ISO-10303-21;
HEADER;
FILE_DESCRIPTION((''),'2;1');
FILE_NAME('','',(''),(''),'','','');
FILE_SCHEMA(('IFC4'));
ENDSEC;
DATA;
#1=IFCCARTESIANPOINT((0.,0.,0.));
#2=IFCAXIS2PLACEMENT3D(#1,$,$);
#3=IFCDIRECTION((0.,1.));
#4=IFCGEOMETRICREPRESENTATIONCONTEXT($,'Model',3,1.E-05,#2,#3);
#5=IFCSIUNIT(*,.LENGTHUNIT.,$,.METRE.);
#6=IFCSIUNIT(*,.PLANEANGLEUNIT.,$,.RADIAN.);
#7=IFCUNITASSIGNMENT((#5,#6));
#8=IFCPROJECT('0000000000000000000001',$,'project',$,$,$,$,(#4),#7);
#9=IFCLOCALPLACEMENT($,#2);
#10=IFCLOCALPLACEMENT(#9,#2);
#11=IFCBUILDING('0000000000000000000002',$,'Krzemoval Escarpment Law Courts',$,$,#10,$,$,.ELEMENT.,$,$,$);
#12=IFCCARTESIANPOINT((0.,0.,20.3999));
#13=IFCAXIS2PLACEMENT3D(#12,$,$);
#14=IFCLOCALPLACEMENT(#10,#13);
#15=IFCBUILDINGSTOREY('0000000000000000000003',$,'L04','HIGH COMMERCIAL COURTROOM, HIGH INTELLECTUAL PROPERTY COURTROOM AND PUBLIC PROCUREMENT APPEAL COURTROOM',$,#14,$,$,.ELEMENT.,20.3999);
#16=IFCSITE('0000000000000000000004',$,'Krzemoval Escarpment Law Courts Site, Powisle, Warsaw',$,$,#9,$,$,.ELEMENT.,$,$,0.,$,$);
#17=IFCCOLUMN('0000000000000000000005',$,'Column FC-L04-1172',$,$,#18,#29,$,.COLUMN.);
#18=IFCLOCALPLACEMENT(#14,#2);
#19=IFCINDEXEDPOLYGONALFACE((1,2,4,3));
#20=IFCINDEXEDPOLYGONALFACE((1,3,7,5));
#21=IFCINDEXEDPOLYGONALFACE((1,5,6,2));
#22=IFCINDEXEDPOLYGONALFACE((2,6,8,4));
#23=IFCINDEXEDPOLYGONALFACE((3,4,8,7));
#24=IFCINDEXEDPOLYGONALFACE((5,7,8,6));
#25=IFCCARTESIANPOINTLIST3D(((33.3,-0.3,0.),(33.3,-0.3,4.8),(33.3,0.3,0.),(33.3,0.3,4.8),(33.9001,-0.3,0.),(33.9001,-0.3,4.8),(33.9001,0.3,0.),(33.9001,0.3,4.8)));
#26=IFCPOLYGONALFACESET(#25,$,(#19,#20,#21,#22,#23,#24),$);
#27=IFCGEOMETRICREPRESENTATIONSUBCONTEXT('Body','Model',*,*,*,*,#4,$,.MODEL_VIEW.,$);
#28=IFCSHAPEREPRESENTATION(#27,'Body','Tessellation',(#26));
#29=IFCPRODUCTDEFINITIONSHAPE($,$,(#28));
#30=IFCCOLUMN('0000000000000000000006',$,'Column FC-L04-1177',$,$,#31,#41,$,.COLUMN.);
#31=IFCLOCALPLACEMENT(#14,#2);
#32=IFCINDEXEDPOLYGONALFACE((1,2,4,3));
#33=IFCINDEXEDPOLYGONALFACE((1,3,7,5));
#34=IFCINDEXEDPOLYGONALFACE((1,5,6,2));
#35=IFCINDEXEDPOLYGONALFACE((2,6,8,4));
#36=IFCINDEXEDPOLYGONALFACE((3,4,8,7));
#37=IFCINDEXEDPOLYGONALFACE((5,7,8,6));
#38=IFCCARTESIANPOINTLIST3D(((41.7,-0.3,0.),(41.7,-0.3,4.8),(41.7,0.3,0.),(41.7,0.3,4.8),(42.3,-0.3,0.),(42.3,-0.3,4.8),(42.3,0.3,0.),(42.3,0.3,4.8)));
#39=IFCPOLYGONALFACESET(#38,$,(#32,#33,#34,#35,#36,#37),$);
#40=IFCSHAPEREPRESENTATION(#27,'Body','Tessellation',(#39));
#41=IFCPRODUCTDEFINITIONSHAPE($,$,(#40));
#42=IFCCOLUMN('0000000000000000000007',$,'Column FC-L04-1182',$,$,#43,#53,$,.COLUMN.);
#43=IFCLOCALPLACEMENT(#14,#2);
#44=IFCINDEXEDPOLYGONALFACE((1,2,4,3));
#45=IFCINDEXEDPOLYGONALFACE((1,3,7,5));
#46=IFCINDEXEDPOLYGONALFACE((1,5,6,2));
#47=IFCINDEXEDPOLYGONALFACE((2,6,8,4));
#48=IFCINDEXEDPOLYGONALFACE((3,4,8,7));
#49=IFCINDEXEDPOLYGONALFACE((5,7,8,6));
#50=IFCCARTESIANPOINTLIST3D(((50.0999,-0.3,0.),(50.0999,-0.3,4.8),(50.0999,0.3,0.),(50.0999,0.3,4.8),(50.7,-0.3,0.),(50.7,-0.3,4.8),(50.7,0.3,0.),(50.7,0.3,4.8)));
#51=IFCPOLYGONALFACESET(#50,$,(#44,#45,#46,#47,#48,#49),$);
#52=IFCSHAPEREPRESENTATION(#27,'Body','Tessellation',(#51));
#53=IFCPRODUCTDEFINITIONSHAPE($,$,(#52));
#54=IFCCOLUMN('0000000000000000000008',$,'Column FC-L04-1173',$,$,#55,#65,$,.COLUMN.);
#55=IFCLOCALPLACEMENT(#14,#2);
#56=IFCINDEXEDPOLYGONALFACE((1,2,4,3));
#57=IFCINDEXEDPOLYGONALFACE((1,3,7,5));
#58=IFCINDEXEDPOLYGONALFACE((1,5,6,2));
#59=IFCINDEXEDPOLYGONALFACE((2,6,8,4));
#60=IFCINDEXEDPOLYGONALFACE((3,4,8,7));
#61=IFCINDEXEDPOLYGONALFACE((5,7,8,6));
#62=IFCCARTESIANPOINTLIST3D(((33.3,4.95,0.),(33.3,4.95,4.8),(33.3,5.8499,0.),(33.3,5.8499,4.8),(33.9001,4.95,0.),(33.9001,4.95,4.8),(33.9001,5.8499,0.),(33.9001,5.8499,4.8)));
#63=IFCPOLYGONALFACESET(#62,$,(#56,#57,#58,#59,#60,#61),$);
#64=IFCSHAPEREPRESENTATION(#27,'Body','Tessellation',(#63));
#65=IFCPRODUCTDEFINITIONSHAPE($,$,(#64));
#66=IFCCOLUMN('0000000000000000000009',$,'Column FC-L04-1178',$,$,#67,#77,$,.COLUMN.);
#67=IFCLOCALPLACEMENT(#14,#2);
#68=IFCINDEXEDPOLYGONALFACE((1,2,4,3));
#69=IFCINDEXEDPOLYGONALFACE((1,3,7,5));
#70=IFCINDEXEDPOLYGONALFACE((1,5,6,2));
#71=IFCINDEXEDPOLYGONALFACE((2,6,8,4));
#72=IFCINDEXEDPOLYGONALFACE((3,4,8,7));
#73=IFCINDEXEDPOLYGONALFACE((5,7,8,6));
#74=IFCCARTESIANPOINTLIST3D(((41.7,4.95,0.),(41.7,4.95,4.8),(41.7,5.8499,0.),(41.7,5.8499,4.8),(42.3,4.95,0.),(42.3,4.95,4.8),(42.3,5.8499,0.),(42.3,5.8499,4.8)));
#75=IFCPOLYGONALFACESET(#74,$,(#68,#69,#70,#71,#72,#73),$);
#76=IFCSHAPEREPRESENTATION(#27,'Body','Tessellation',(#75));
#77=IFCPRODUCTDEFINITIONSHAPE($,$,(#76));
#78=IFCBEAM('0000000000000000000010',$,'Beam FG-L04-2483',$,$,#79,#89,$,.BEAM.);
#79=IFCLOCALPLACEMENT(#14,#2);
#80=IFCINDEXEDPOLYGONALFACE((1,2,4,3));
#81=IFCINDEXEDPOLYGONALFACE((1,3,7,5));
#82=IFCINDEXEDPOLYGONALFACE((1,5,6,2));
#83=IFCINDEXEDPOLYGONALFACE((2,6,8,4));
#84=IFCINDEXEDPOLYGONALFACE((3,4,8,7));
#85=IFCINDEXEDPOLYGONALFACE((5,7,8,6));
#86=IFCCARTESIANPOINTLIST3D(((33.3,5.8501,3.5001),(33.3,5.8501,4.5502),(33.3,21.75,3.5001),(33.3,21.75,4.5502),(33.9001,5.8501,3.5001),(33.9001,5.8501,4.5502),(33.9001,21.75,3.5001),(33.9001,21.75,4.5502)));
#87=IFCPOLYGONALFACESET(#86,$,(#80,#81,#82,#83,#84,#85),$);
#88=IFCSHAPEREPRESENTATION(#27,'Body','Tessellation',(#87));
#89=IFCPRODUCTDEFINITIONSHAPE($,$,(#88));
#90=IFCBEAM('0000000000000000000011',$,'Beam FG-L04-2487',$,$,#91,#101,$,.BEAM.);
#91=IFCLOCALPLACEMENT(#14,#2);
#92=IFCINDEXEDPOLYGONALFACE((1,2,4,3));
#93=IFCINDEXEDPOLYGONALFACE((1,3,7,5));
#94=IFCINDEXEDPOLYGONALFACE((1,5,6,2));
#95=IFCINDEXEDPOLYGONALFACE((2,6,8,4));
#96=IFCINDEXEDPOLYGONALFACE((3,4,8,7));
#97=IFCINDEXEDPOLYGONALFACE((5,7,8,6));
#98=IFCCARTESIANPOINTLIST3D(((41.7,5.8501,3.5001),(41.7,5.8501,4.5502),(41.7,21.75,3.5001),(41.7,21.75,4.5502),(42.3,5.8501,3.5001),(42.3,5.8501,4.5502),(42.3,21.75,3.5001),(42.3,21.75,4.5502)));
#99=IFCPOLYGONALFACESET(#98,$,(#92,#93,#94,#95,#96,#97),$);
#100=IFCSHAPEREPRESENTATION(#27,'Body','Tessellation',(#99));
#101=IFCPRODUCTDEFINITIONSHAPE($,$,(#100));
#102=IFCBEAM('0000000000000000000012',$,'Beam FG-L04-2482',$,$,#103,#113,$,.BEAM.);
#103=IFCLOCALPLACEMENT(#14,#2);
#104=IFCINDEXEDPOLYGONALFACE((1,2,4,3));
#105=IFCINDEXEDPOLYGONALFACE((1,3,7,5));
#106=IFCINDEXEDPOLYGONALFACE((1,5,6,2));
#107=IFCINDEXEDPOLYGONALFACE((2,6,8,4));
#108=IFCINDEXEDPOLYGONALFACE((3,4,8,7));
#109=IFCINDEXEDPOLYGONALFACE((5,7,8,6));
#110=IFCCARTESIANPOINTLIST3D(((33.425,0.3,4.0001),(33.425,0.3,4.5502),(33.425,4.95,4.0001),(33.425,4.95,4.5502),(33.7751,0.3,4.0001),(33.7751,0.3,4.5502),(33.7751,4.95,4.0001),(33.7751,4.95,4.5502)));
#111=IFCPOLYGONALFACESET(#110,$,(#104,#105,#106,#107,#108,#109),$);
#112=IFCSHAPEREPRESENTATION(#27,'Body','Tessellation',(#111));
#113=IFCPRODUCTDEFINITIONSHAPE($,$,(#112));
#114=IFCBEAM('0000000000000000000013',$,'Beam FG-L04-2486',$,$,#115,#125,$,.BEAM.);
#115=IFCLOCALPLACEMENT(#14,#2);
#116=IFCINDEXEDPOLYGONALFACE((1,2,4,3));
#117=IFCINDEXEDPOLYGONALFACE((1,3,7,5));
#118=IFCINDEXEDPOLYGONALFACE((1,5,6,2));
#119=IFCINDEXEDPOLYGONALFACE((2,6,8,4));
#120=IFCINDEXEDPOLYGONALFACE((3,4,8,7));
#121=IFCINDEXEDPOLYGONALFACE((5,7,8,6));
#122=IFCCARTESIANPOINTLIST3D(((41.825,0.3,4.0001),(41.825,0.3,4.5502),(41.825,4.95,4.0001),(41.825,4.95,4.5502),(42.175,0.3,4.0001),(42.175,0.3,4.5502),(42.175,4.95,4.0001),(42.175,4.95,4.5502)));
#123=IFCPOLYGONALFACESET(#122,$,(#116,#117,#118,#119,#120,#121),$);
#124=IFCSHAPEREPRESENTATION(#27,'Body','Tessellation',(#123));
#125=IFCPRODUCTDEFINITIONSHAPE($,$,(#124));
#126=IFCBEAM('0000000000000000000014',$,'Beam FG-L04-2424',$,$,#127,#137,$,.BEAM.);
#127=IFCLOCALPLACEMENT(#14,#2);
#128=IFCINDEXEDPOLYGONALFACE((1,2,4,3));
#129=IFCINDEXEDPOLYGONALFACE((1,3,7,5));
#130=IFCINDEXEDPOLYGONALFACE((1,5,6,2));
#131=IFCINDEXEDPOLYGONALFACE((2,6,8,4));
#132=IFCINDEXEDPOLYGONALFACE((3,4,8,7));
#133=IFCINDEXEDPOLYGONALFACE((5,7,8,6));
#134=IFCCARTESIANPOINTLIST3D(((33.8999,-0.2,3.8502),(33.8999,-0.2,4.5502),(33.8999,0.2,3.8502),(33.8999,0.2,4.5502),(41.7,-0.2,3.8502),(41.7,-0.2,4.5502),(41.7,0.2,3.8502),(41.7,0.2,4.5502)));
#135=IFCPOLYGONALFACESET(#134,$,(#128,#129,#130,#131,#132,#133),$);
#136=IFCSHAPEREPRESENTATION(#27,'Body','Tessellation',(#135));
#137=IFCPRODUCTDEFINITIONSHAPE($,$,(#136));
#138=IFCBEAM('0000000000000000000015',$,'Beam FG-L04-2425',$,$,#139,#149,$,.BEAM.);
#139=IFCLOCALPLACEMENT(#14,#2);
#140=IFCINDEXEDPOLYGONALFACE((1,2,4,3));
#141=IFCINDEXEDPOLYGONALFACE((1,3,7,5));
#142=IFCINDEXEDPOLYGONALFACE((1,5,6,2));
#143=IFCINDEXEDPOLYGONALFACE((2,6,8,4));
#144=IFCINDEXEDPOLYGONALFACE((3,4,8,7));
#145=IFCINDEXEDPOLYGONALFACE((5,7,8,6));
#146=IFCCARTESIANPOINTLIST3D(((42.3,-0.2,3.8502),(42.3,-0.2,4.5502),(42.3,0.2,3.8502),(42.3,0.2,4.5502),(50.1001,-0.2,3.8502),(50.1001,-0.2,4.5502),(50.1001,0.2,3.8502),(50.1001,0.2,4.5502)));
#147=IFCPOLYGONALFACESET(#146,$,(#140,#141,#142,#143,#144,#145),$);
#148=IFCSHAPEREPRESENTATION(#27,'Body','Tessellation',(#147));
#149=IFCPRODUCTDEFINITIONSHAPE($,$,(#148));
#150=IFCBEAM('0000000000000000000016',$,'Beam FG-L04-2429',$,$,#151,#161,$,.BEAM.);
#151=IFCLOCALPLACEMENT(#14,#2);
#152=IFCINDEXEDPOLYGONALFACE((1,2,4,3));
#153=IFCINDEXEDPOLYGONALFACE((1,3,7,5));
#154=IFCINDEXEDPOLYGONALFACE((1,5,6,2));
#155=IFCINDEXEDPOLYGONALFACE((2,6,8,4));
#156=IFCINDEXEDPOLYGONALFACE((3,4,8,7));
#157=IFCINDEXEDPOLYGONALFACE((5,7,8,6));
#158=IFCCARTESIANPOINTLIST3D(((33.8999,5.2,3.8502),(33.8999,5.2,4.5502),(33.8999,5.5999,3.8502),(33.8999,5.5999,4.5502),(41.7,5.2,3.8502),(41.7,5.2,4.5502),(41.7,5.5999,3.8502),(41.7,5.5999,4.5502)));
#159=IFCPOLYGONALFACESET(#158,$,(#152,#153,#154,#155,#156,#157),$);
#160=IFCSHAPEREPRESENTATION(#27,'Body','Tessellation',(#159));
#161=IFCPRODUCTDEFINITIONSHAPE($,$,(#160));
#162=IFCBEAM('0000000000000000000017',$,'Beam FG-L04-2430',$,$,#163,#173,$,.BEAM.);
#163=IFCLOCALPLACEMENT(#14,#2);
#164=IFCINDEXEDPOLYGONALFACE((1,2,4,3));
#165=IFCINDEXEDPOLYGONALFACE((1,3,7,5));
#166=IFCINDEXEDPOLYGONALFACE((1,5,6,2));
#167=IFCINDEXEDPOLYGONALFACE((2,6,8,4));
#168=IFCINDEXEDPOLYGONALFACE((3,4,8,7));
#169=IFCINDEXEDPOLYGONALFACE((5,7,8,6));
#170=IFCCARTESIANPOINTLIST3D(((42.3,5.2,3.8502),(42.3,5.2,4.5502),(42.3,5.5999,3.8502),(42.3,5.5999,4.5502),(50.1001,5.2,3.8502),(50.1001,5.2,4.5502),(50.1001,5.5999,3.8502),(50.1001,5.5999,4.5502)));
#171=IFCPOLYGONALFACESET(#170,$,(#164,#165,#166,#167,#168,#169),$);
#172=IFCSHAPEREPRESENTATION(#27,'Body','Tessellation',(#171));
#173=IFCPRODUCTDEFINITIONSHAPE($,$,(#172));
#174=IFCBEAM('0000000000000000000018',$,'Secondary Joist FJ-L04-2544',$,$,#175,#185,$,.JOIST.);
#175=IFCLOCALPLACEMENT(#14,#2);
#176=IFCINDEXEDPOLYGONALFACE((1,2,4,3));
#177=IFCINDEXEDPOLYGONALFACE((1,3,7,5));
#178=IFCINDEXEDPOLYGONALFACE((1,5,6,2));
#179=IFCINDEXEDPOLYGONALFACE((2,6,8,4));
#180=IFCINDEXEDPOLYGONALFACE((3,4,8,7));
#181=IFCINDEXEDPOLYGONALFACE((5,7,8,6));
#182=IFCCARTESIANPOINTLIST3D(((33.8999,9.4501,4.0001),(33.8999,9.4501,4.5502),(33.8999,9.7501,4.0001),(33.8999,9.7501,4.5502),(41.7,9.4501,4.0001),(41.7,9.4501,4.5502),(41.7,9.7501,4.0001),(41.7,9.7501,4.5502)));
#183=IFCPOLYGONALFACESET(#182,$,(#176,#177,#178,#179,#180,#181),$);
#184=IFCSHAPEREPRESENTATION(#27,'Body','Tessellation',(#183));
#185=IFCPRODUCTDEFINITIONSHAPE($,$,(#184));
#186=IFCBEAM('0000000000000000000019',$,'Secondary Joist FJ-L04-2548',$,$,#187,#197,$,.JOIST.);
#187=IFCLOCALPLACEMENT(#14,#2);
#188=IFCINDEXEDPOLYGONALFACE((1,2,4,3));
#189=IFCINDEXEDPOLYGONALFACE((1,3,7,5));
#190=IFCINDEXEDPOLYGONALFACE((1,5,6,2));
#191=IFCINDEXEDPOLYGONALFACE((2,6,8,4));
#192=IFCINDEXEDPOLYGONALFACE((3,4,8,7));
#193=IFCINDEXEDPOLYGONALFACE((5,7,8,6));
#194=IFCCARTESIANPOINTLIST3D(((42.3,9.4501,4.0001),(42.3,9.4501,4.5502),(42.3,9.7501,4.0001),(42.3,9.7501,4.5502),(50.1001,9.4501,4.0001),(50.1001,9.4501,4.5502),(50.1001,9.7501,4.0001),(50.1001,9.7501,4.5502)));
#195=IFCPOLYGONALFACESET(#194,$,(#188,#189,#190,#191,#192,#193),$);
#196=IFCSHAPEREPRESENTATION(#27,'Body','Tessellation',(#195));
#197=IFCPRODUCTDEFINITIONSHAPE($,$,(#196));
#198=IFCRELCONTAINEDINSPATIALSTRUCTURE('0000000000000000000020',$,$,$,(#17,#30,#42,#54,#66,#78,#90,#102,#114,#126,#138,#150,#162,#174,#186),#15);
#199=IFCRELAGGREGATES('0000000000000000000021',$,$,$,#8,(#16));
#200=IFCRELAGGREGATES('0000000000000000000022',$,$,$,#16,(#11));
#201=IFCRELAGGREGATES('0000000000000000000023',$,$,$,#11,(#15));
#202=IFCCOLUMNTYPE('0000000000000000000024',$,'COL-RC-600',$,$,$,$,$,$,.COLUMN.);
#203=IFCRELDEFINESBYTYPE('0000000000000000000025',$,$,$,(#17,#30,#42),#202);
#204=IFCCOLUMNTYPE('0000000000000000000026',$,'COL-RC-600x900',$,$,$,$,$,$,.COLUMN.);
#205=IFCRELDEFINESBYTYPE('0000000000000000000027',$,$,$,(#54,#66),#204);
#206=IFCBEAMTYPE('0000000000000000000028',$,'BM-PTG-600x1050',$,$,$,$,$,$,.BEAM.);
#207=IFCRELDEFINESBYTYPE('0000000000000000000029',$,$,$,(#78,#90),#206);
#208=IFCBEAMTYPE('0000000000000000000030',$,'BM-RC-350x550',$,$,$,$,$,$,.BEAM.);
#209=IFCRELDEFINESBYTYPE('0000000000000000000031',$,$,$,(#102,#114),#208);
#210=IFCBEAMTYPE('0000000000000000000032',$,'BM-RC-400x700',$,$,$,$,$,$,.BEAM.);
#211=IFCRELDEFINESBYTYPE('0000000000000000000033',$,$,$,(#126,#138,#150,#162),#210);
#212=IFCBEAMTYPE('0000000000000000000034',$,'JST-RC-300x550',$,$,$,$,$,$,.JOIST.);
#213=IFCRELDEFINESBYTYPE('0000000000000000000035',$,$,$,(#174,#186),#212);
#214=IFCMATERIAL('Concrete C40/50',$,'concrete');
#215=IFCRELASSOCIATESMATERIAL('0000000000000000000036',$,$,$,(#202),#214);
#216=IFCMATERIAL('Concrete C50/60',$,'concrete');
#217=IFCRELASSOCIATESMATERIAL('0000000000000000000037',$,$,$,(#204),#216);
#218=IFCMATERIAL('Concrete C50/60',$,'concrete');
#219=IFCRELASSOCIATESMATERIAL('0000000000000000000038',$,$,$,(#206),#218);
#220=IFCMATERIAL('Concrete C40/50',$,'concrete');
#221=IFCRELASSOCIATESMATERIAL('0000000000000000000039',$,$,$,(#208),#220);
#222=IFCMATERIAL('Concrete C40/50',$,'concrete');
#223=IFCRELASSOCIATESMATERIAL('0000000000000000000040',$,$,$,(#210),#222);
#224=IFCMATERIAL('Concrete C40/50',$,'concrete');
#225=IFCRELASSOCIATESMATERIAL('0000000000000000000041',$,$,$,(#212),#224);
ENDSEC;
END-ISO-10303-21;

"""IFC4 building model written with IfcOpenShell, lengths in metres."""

from ifc_helpers import new_model, si_unit, direction, frame, origin, origin_2d, place, context, subcontext, project, spatial, rectangle, extrude, material, material_profile, profile_set, type_object, element, save


model = new_model("IFC4")

# Units and contexts
model_context = context("Model", 3, precision=1e-05, world=origin(), true_north=direction((0.0, 1.0)))
body_context = subcontext(model_context, "Body", "Model", "MODEL_VIEW")
ifc_project = project(units=[si_unit("LENGTHUNIT", "METRE"), si_unit("PLANEANGLEUNIT", "RADIAN")], contexts=[model_context])

# Site, building, storey
site_placement = place(None, origin())
site = spatial("IfcSite", under=ifc_project, at=site_placement, Name="Krzemoval Escarpment Law Courts Site, Powisle, Warsaw", CompositionType="ELEMENT", RefElevation=0.0)
building_placement = place(site_placement, origin())
building = spatial("IfcBuilding", under=site, at=building_placement, Name="Krzemoval Escarpment Law Courts", CompositionType="ELEMENT")
storey_placement = place(building_placement, frame((0.0, 0.0, 20.3999)))
storey = spatial("IfcBuildingStorey", under=building, at=storey_placement, Name="L04", Description="HIGH COMMERCIAL COURTROOM, HIGH INTELLECTUAL PROPERTY COURTROOM AND PUBLIC PROCUREMENT APPEAL COURTROOM", CompositionType="ELEMENT", Elevation=20.3999)

# Columns
ifc_material_1 = material(Name="Concrete C40/50", Category="concrete")
ifc_material_profile_1 = material_profile(ifc_material_1, rectangle(XDim=0.6001, YDim=0.6001, at=origin_2d()), Name="RC 600x600")
ifc_profile_set_1 = profile_set([ifc_material_profile_1], Name="Concrete C40/50")
column_type_1 = type_object("IfcColumnType", Name="COL-RC-600", PredefinedType="COLUMN", material=ifc_profile_set_1)
for number, where, z_axis, x_axis, name in (
    (1, (33.6001, 0.0, 0.0), (0.0, 0.0, 1.0), (1.0, 0.0, 0.0), "Column FC-L04-1172"),
    (2, (42.0, 0.0, 0.0), (0.0, 0.0, 1.0), (1.0, 0.0, 0.0), "Column FC-L04-1177"),
    (3, (50.3999, 0.0, 0.0), (0.0, 0.0, 1.0), (1.0, 0.0, 0.0), "Column FC-L04-1182"),
):
    element("IfcColumn", number, at=place(storey_placement, frame(where, z_axis=z_axis, x_axis=x_axis)), inside=storey, type_object=column_type_1, Name=name, PredefinedType="COLUMN", context=body_context, shape_type="SweptSolid", body=[
        extrude(rectangle(XDim=0.6001, YDim=0.6001, at=origin_2d()), origin(), (0.0, 0.0, 1.0), 4.8),
    ])
ifc_material_2 = material(Name="Concrete C50/60", Category="concrete")
ifc_material_profile_2 = material_profile(ifc_material_2, rectangle(XDim=0.6001, YDim=0.8999, at=origin_2d()), Name="RC 600x900")
ifc_profile_set_2 = profile_set([ifc_material_profile_2], Name="Concrete C50/60")
column_type_2 = type_object("IfcColumnType", Name="COL-RC-600x900", PredefinedType="COLUMN", material=ifc_profile_set_2)
for number, where, z_axis, x_axis, name in (
    (4, (33.6001, 5.3999, 0.0), (0.0, 0.0, 1.0), (1.0, 0.0, 0.0), "Column FC-L04-1173"),
    (5, (42.0, 5.3999, 0.0), (0.0, 0.0, 1.0), (1.0, 0.0, 0.0), "Column FC-L04-1178"),
):
    element("IfcColumn", number, at=place(storey_placement, frame(where, z_axis=z_axis, x_axis=x_axis)), inside=storey, type_object=column_type_2, Name=name, PredefinedType="COLUMN", context=body_context, shape_type="SweptSolid", body=[
        extrude(rectangle(XDim=0.6001, YDim=0.8999, at=origin_2d()), origin(), (0.0, 0.0, 1.0), 4.8),
    ])

# Beams
ifc_material_3 = material(Name="Concrete C50/60", Category="concrete")
ifc_material_profile_3 = material_profile(ifc_material_3, rectangle(XDim=0.6001, YDim=1.05, at=origin_2d()), Name="PTG 600x1050")
ifc_profile_set_3 = profile_set([ifc_material_profile_3], Name="Concrete C50/60")
beam_type_1 = type_object("IfcBeamType", Name="BM-PTG-600x1050", PredefinedType="BEAM", material=ifc_profile_set_3)
for number, where, z_axis, x_axis, name in (
    (6, (33.6001, 5.8501, 4.0251), (0.0, 1.0, 0.0), (-1.0, 0.0, 0.0), "Beam FG-L04-2483"),
    (7, (42.0, 5.8501, 4.0251), (0.0, 1.0, 0.0), (-1.0, 0.0, 0.0), "Beam FG-L04-2487"),
):
    element("IfcBeam", number, at=place(storey_placement, frame(where, z_axis=z_axis, x_axis=x_axis)), inside=storey, type_object=beam_type_1, Name=name, PredefinedType="BEAM", context=body_context, shape_type="SweptSolid", body=[
        extrude(rectangle(XDim=0.6001, YDim=1.05, at=origin_2d()), origin(), (0.0, 0.0, 1.0), 15.8999),
    ])
ifc_material_4 = material(Name="Concrete C40/50", Category="concrete")
ifc_material_profile_4 = material_profile(ifc_material_4, rectangle(XDim=0.3501, YDim=0.55, at=origin_2d()), Name="RCB 350x550")
ifc_profile_set_4 = profile_set([ifc_material_profile_4], Name="Concrete C40/50")
beam_type_2 = type_object("IfcBeamType", Name="BM-RC-350x550", PredefinedType="BEAM", material=ifc_profile_set_4)
for number, where, z_axis, x_axis, name in (
    (8, (33.6001, 0.3, 4.2751), (0.0, 1.0, 0.0), (-1.0, 0.0, 0.0), "Beam FG-L04-2482"),
    (9, (42.0, 0.3, 4.2751), (0.0, 1.0, 0.0), (-1.0, 0.0, 0.0), "Beam FG-L04-2486"),
):
    element("IfcBeam", number, at=place(storey_placement, frame(where, z_axis=z_axis, x_axis=x_axis)), inside=storey, type_object=beam_type_2, Name=name, PredefinedType="BEAM", context=body_context, shape_type="SweptSolid", body=[
        extrude(rectangle(XDim=0.3501, YDim=0.55, at=origin_2d()), origin(), (0.0, 0.0, 1.0), 4.6499),
    ])
ifc_material_5 = material(Name="Concrete C40/50", Category="concrete")
ifc_material_profile_5 = material_profile(ifc_material_5, rectangle(XDim=0.3999, YDim=0.7, at=origin_2d()), Name="RCB 400x700")
ifc_profile_set_5 = profile_set([ifc_material_profile_5], Name="Concrete C40/50")
beam_type_3 = type_object("IfcBeamType", Name="BM-RC-400x700", PredefinedType="BEAM", material=ifc_profile_set_5)
for number, where, z_axis, x_axis, name in (
    (10, (33.8999, 0.0, 4.2002), (1.0, 0.0, 0.0), (0.0, 1.0, 0.0), "Beam FG-L04-2424"),
    (11, (42.3, 0.0, 4.2002), (1.0, 0.0, 0.0), (0.0, 1.0, 0.0), "Beam FG-L04-2425"),
    (12, (33.8999, 5.3999, 4.2002), (1.0, 0.0, 0.0), (0.0, 1.0, 0.0), "Beam FG-L04-2429"),
    (13, (42.3, 5.3999, 4.2002), (1.0, 0.0, 0.0), (0.0, 1.0, 0.0), "Beam FG-L04-2430"),
):
    element("IfcBeam", number, at=place(storey_placement, frame(where, z_axis=z_axis, x_axis=x_axis)), inside=storey, type_object=beam_type_3, Name=name, PredefinedType="BEAM", context=body_context, shape_type="SweptSolid", body=[
        extrude(rectangle(XDim=0.3999, YDim=0.7, at=origin_2d()), origin(), (0.0, 0.0, 1.0), 7.8),
    ])
ifc_material_6 = material(Name="Concrete C40/50", Category="concrete")
ifc_material_profile_6 = material_profile(ifc_material_6, rectangle(XDim=0.3, YDim=0.55, at=origin_2d()), Name="RCB 300x550")
ifc_profile_set_6 = profile_set([ifc_material_profile_6], Name="Concrete C40/50")
beam_type_4 = type_object("IfcBeamType", Name="JST-RC-300x550", PredefinedType="JOIST", material=ifc_profile_set_6)
for number, where, z_axis, x_axis, name in (
    (14, (33.8999, 9.6001, 4.2751), (1.0, 0.0, 0.0), (0.0, 1.0, 0.0), "Secondary Joist FJ-L04-2544"),
    (15, (42.3, 9.6001, 4.2751), (1.0, 0.0, 0.0), (0.0, 1.0, 0.0), "Secondary Joist FJ-L04-2548"),
):
    element("IfcBeam", number, at=place(storey_placement, frame(where, z_axis=z_axis, x_axis=x_axis)), inside=storey, type_object=beam_type_4, Name=name, PredefinedType="JOIST", context=body_context, shape_type="SweptSolid", body=[
        extrude(rectangle(XDim=0.3, YDim=0.55, at=origin_2d()), origin(), (0.0, 0.0, 1.0), 7.8),
    ])

save(model, "model.ifc")
